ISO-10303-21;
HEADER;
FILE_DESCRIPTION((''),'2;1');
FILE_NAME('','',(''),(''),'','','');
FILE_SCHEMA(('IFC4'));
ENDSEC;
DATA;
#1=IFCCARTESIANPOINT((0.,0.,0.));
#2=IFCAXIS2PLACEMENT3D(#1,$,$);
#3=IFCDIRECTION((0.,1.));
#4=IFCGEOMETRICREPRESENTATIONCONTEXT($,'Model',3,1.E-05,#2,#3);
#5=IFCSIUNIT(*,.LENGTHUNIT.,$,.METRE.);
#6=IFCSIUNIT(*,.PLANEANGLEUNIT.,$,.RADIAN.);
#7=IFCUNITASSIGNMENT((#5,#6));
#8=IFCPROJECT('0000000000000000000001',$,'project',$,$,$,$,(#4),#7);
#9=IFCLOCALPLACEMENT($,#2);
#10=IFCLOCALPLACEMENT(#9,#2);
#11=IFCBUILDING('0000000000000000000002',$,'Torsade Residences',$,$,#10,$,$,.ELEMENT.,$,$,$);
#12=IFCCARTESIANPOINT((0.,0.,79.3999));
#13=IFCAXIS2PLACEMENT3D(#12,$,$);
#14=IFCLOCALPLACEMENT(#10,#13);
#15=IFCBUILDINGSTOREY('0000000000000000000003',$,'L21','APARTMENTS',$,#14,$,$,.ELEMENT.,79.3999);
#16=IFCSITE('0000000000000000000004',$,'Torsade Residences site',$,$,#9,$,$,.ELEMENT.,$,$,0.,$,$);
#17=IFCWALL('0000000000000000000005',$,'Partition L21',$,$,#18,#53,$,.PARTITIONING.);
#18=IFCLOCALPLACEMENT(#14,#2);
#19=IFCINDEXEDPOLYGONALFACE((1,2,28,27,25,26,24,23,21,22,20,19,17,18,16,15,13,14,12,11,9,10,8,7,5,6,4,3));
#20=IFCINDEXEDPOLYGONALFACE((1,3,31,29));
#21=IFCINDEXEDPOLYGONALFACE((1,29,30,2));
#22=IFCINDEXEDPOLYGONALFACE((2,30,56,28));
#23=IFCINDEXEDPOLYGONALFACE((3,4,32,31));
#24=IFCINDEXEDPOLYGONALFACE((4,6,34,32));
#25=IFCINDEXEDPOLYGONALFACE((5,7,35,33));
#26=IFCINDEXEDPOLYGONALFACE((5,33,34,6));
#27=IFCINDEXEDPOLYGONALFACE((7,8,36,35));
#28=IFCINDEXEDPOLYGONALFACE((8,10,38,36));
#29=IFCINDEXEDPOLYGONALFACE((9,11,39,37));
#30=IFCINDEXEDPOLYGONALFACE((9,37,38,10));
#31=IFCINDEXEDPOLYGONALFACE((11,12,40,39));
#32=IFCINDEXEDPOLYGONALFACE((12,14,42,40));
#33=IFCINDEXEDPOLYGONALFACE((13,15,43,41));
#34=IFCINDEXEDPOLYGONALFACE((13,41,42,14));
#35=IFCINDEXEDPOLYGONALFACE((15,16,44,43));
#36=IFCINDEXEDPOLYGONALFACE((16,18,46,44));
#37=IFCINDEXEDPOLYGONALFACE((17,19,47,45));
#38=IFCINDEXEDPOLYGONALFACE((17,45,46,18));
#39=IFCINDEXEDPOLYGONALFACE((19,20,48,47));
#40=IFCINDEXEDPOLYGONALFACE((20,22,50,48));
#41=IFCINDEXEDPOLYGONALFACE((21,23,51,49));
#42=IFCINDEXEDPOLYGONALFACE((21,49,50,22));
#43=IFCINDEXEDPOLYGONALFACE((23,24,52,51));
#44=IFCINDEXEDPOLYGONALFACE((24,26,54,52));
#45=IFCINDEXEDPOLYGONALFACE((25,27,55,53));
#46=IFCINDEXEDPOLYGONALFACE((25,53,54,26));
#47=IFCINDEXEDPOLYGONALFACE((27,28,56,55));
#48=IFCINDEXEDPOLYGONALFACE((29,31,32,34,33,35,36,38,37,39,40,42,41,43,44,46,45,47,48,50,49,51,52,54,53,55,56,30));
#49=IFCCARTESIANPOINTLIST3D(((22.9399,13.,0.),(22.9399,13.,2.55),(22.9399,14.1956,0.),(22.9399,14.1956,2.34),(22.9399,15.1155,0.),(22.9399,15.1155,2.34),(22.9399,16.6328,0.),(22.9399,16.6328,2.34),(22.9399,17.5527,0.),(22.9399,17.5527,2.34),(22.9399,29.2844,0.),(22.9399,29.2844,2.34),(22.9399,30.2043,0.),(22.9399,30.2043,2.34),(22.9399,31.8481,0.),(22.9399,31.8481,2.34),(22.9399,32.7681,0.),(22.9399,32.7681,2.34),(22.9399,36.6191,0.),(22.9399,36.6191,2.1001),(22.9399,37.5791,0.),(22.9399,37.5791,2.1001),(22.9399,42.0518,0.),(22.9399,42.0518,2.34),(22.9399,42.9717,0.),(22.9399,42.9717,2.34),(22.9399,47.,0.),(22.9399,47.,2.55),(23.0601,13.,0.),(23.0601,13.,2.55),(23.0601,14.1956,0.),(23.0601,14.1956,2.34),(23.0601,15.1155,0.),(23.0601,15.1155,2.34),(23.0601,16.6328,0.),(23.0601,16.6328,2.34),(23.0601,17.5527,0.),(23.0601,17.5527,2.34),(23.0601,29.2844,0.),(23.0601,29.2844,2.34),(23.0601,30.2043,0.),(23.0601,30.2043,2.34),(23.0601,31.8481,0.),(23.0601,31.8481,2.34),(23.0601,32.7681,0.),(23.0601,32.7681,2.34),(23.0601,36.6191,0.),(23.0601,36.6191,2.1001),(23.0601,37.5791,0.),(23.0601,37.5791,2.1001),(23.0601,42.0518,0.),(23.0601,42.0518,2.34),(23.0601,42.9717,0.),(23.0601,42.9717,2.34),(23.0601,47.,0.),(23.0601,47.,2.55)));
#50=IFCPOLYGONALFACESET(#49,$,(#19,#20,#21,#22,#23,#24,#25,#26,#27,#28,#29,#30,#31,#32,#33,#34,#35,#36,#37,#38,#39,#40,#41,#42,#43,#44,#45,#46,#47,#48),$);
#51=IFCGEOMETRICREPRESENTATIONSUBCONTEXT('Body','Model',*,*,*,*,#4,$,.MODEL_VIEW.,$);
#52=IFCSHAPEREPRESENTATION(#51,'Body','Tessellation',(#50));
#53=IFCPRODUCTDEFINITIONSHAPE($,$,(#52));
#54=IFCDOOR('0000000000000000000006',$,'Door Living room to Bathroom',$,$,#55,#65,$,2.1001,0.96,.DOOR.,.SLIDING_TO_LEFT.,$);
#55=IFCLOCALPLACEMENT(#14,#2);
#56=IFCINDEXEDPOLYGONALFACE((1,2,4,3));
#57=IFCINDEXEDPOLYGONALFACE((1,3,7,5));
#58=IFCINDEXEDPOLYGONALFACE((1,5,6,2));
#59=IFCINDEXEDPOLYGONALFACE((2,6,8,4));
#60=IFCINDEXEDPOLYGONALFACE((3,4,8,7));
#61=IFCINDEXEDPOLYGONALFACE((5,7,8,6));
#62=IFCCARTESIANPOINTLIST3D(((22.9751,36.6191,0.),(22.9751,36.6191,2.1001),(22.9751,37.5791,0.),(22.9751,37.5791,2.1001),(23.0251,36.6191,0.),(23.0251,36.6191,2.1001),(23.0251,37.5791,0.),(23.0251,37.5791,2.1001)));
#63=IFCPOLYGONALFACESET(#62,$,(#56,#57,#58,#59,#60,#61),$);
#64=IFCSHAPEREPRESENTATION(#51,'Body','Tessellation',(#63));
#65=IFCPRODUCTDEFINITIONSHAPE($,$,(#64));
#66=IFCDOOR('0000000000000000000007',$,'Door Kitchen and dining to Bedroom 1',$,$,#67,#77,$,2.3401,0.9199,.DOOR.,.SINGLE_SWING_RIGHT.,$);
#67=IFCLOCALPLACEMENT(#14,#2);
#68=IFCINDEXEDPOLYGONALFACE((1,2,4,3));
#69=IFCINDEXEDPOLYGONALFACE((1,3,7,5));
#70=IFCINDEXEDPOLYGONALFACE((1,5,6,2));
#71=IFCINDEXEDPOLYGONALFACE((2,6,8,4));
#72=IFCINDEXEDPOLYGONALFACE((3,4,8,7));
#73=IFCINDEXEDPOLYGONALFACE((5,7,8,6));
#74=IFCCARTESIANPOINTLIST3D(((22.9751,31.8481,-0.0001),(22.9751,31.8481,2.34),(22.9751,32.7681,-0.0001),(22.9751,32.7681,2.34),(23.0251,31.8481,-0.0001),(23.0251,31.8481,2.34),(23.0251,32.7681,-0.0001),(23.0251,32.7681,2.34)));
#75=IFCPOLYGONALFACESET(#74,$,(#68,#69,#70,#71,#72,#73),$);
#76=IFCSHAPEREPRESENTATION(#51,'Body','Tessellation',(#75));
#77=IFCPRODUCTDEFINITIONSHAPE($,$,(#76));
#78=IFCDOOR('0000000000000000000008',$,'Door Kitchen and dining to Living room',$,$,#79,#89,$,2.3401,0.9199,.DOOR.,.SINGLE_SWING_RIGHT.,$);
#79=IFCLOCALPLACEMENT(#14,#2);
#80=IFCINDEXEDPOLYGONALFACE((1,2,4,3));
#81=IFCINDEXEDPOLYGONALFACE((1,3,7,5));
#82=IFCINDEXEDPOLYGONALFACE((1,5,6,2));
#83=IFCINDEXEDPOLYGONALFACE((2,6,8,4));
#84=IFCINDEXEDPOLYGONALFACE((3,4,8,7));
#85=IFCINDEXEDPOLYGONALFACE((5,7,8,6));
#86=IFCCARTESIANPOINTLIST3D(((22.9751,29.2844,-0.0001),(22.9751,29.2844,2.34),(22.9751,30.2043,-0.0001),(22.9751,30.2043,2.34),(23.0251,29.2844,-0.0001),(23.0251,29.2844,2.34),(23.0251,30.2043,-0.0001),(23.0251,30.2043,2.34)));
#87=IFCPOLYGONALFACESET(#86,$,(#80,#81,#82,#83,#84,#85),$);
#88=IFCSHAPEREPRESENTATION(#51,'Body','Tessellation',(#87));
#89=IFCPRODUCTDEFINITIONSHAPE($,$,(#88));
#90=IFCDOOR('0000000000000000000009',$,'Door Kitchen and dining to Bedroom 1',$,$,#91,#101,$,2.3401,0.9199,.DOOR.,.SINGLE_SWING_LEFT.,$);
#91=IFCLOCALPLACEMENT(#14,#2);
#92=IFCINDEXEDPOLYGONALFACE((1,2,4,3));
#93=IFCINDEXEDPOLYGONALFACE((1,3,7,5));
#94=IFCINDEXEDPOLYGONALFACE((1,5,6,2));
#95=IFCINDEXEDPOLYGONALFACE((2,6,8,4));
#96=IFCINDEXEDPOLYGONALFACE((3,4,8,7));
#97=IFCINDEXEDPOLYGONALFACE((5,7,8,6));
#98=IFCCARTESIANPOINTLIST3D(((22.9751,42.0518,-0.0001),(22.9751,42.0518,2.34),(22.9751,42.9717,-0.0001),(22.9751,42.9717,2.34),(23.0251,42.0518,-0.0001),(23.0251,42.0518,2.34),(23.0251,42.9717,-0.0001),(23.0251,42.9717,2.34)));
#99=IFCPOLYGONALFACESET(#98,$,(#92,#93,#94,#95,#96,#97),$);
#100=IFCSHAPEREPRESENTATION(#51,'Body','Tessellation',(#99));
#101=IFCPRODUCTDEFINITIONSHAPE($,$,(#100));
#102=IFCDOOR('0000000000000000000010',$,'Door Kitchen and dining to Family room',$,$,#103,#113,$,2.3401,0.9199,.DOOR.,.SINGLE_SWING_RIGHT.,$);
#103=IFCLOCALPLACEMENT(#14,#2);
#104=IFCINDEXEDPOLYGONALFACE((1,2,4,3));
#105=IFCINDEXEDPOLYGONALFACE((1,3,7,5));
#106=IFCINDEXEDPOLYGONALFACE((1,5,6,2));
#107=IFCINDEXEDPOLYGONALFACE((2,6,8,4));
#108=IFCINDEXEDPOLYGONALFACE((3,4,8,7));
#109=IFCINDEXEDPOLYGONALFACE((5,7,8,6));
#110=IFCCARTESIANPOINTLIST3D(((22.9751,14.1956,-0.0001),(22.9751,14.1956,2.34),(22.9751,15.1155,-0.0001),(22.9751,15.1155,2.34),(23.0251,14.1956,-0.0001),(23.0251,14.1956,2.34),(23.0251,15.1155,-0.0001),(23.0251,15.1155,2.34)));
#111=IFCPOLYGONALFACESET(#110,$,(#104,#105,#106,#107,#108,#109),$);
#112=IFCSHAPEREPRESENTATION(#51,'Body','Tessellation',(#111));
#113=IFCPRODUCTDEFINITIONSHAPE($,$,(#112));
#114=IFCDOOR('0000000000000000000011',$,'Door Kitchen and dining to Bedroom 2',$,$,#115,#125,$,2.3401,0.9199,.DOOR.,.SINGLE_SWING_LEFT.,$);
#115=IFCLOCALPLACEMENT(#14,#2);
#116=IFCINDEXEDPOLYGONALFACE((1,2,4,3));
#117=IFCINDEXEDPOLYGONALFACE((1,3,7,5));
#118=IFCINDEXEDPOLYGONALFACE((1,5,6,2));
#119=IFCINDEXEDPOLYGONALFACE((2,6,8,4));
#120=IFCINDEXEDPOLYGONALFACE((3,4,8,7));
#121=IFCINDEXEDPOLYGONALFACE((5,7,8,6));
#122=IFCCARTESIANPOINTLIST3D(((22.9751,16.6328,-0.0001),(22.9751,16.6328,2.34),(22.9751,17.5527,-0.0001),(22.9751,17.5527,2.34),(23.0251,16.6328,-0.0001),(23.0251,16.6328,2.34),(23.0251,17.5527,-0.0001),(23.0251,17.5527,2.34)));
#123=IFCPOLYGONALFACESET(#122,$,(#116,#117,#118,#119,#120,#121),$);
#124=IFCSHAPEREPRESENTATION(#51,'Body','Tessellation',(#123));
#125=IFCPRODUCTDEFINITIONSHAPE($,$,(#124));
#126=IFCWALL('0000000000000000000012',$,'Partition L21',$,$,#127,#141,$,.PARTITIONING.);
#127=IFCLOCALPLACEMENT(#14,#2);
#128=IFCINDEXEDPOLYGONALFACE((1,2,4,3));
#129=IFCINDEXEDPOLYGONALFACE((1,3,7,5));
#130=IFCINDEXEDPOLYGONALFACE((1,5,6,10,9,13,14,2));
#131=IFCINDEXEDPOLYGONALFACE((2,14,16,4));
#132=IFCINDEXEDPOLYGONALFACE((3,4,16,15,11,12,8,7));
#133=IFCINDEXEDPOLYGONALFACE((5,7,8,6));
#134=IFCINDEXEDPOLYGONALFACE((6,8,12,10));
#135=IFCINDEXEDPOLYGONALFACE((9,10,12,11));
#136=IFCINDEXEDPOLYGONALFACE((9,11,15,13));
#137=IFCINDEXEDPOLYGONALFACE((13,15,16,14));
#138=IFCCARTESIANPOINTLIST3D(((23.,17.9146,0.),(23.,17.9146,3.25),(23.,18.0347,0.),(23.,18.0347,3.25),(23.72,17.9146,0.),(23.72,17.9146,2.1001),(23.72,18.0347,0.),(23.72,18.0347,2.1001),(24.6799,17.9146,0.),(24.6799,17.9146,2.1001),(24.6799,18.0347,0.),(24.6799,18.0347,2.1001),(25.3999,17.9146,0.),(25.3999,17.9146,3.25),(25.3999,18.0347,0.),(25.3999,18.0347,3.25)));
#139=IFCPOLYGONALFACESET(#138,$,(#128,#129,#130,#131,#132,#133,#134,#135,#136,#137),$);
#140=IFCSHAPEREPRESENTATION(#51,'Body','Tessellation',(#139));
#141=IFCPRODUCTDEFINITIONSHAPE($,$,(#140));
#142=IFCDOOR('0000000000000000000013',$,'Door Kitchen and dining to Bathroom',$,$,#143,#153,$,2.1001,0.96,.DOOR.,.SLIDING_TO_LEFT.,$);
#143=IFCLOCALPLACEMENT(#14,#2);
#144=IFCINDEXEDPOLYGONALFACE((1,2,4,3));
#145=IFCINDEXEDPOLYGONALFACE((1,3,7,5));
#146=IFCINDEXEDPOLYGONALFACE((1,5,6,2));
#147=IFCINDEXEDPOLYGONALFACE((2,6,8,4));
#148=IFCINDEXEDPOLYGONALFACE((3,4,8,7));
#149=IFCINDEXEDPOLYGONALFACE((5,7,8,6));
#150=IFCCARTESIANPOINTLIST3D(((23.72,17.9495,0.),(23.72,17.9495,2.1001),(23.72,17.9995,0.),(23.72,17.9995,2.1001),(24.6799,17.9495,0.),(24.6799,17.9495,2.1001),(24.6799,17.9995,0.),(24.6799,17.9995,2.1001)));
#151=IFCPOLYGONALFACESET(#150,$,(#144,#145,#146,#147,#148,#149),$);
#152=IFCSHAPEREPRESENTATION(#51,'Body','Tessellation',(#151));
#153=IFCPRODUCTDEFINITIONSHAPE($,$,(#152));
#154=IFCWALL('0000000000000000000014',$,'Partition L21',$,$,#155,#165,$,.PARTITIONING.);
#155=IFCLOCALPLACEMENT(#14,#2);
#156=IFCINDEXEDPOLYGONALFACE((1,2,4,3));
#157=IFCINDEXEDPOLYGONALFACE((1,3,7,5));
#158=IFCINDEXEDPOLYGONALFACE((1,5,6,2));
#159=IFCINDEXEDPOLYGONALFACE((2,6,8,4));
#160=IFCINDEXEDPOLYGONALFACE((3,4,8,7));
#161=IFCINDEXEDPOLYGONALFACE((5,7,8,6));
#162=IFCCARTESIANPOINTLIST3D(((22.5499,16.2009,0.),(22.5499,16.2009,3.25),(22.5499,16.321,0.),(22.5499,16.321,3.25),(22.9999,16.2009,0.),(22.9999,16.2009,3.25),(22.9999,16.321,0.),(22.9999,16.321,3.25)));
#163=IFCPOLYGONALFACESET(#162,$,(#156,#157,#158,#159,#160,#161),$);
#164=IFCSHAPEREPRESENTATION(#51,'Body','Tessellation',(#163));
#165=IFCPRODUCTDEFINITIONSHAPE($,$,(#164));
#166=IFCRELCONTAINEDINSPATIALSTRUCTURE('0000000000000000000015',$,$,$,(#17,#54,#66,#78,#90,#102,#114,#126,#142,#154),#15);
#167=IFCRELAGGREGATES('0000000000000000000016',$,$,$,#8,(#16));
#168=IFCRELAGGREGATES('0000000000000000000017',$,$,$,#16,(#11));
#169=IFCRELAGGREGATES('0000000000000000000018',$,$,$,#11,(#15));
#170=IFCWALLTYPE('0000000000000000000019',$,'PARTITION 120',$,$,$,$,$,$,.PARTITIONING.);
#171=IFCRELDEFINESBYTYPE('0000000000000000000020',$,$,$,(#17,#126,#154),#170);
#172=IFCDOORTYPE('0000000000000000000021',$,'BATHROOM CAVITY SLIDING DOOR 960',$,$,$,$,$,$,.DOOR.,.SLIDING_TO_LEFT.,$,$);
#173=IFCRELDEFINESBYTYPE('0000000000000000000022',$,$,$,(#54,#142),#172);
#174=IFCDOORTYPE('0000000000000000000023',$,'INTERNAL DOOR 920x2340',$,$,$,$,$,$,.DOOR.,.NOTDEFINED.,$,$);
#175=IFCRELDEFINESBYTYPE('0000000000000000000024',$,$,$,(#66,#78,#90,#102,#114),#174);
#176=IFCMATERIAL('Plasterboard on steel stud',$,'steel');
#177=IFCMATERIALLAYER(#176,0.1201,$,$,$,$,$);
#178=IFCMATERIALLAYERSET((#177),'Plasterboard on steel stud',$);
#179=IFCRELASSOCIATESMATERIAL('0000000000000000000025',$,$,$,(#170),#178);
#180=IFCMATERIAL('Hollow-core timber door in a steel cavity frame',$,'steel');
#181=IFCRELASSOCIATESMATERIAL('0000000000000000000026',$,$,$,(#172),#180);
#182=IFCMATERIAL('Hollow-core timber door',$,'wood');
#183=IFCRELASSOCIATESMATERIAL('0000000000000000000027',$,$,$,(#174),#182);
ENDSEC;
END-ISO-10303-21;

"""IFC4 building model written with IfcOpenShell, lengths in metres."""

from ifc_helpers import new_model, si_unit, direction, frame, frame_2d, origin, place, context, subcontext, project, spatial, rectangle, extrude, material, layer, layer_set, type_object, element, fill, save


model = new_model("IFC4")

# Units and contexts
model_context = context("Model", 3, precision=1e-05, world=origin(), true_north=direction((0.0, 1.0)))
body_context = subcontext(model_context, "Body", "Model", "MODEL_VIEW")
ifc_project = project(units=[si_unit("LENGTHUNIT", "METRE"), si_unit("PLANEANGLEUNIT", "RADIAN")], contexts=[model_context])

# Site, building, storey
site_placement = place(None, origin())
site = spatial("IfcSite", under=ifc_project, at=site_placement, Name="Torsade Residences site", CompositionType="ELEMENT", RefElevation=0.0)
building_placement = place(site_placement, origin())
building = spatial("IfcBuilding", under=site, at=building_placement, Name="Torsade Residences", CompositionType="ELEMENT")
storey_placement = place(building_placement, frame((0.0, 0.0, 79.3999)))
storey = spatial("IfcBuildingStorey", under=building, at=storey_placement, Name="L21", Description="APARTMENTS", CompositionType="ELEMENT", Elevation=79.3999)

# Wall, openings, doors
ifc_material_1 = material(Name="Plasterboard on steel stud", Category="steel")
ifc_layer_1 = layer(ifc_material_1, 0.1201)
ifc_layer_set_1 = layer_set([ifc_layer_1], Name="Plasterboard on steel stud")
wall_type = type_object("IfcWallType", Name="PARTITION 120", PredefinedType="PARTITIONING", material=ifc_layer_set_1)
wall_1_placement = place(storey_placement, frame((23.0, 13.0, 0.0), z_axis=(0.0, 0.0, 1.0), x_axis=(0.0, 1.0, 0.0)))
wall_1 = element("IfcWall", 1, at=wall_1_placement, inside=storey, type_object=wall_type, Name="Partition L21", PredefinedType="PARTITIONING", context=body_context, shape_type="SweptSolid", body=[
    extrude(rectangle(XDim=34.0, YDim=0.1201, at=frame_2d((17.0, 0.0))), origin(), (0.0, 0.0, 1.0), 2.55),
])
opening_1_placement = place(wall_1_placement, frame((18.8481, 0.0, 0.0)))
opening_1 = element("IfcOpeningElement", 2, at=opening_1_placement, cuts=wall_1, PredefinedType="OPENING", context=body_context, shape_type="SweptSolid", body=[
    extrude(rectangle(XDim=0.9199, YDim=2.3401, at=frame_2d((0.46, 1.1699))), frame((0.0, 0.0701, 0.0), z_axis=(0.0, -1.0, 0.0), x_axis=(1.0, 0.0, 0.0)), (0.0, 0.0, 1.0), 0.1401),
])
opening_2_placement = place(wall_1_placement, frame((16.2844, 0.0, 0.0)))
opening_2 = element("IfcOpeningElement", 3, at=opening_2_placement, cuts=wall_1, PredefinedType="OPENING", context=body_context, shape_type="SweptSolid", body=[
    extrude(rectangle(XDim=0.9199, YDim=2.3401, at=frame_2d((0.46, 1.1699))), frame((0.0, 0.0701, 0.0), z_axis=(0.0, -1.0, 0.0), x_axis=(1.0, 0.0, 0.0)), (0.0, 0.0, 1.0), 0.1401),
])
opening_3_placement = place(wall_1_placement, frame((29.0518, 0.0, 0.0)))
opening_3 = element("IfcOpeningElement", 4, at=opening_3_placement, cuts=wall_1, PredefinedType="OPENING", context=body_context, shape_type="SweptSolid", body=[
    extrude(rectangle(XDim=0.9199, YDim=2.3401, at=frame_2d((0.46, 1.1699))), frame((0.0, 0.0701, 0.0), z_axis=(0.0, -1.0, 0.0), x_axis=(1.0, 0.0, 0.0)), (0.0, 0.0, 1.0), 0.1401),
])
opening_4_placement = place(wall_1_placement, frame((1.1956, 0.0, 0.0)))
opening_4 = element("IfcOpeningElement", 5, at=opening_4_placement, cuts=wall_1, PredefinedType="OPENING", context=body_context, shape_type="SweptSolid", body=[
    extrude(rectangle(XDim=0.9199, YDim=2.3401, at=frame_2d((0.46, 1.1699))), frame((0.0, 0.0701, 0.0), z_axis=(0.0, -1.0, 0.0), x_axis=(1.0, 0.0, 0.0)), (0.0, 0.0, 1.0), 0.1401),
])
opening_5_placement = place(wall_1_placement, frame((3.6328, 0.0, 0.0)))
opening_5 = element("IfcOpeningElement", 6, at=opening_5_placement, cuts=wall_1, PredefinedType="OPENING", context=body_context, shape_type="SweptSolid", body=[
    extrude(rectangle(XDim=0.9199, YDim=2.3401, at=frame_2d((0.46, 1.1699))), frame((0.0, 0.0701, 0.0), z_axis=(0.0, -1.0, 0.0), x_axis=(1.0, 0.0, 0.0)), (0.0, 0.0, 1.0), 0.1401),
])
opening_6_placement = place(wall_1_placement, frame((23.6191, 0.0, 0.0)))
opening_6 = element("IfcOpeningElement", 7, at=opening_6_placement, cuts=wall_1, PredefinedType="OPENING", context=body_context, shape_type="SweptSolid", body=[
    extrude(rectangle(XDim=0.96, YDim=2.1001, at=frame_2d((0.48, 1.05))), frame((0.0, 0.0701, 0.0), z_axis=(0.0, -1.0, 0.0), x_axis=(1.0, 0.0, 0.0)), (0.0, 0.0, 1.0), 0.1401),
])
ifc_material_2 = material(Name="Hollow-core timber door in a steel cavity frame", Category="steel")
door_type_1 = type_object("IfcDoorType", Name="BATHROOM CAVITY SLIDING DOOR 960", OperationType="SLIDING_TO_LEFT", PredefinedType="DOOR", material=ifc_material_2)
door_1_placement = place(opening_6_placement, origin())
door_1 = element("IfcDoor", 8, at=door_1_placement, inside=storey, type_object=door_type_1, Name="Door Living room to Bathroom", OperationType="SLIDING_TO_LEFT", OverallHeight=2.1001, OverallWidth=0.96, PredefinedType="DOOR", context=body_context, shape_type="SweptSolid", body=[
    extrude(rectangle(XDim=0.96, YDim=2.1001, at=frame_2d((0.48, 1.05))), frame((0.0, 0.0249, 0.0), z_axis=(0.0, -1.0, 0.0), x_axis=(1.0, 0.0, 0.0)), (0.0, 0.0, 1.0), 0.05),
])
fill(opening_6, door_1)
ifc_material_3 = material(Name="Hollow-core timber door", Category="wood")
door_type_2 = type_object("IfcDoorType", Name="INTERNAL DOOR 920x2340", OperationType="NOTDEFINED", PredefinedType="DOOR", material=ifc_material_3)
door_2_placement = place(opening_1_placement, origin())
door_2 = element("IfcDoor", 9, at=door_2_placement, inside=storey, type_object=door_type_2, Name="Door Kitchen and dining to Bedroom 1", OperationType="SINGLE_SWING_RIGHT", OverallHeight=2.3401, OverallWidth=0.9199, PredefinedType="DOOR", context=body_context, shape_type="SweptSolid", body=[
    extrude(rectangle(XDim=0.9199, YDim=2.3401, at=frame_2d((0.46, 1.1699))), frame((0.0, 0.0249, 0.0), z_axis=(0.0, -1.0, 0.0), x_axis=(1.0, 0.0, 0.0)), (0.0, 0.0, 1.0), 0.05),
])
fill(opening_1, door_2)
door_3_placement = place(opening_2_placement, origin())
door_3 = element("IfcDoor", 10, at=door_3_placement, inside=storey, type_object=door_type_2, Name="Door Kitchen and dining to Living room", OperationType="SINGLE_SWING_RIGHT", OverallHeight=2.3401, OverallWidth=0.9199, PredefinedType="DOOR", context=body_context, shape_type="SweptSolid", body=[
    extrude(rectangle(XDim=0.9199, YDim=2.3401, at=frame_2d((0.46, 1.1699))), frame((0.0, 0.0249, 0.0), z_axis=(0.0, -1.0, 0.0), x_axis=(1.0, 0.0, 0.0)), (0.0, 0.0, 1.0), 0.05),
])
fill(opening_2, door_3)
door_4_placement = place(opening_3_placement, origin())
door_4 = element("IfcDoor", 11, at=door_4_placement, inside=storey, type_object=door_type_2, Name="Door Kitchen and dining to Bedroom 1", OperationType="SINGLE_SWING_LEFT", OverallHeight=2.3401, OverallWidth=0.9199, PredefinedType="DOOR", context=body_context, shape_type="SweptSolid", body=[
    extrude(rectangle(XDim=0.9199, YDim=2.3401, at=frame_2d((0.46, 1.1699))), frame((0.0, 0.0249, 0.0), z_axis=(0.0, -1.0, 0.0), x_axis=(1.0, 0.0, 0.0)), (0.0, 0.0, 1.0), 0.05),
])
fill(opening_3, door_4)
door_5_placement = place(opening_4_placement, origin())
door_5 = element("IfcDoor", 12, at=door_5_placement, inside=storey, type_object=door_type_2, Name="Door Kitchen and dining to Family room", OperationType="SINGLE_SWING_RIGHT", OverallHeight=2.3401, OverallWidth=0.9199, PredefinedType="DOOR", context=body_context, shape_type="SweptSolid", body=[
    extrude(rectangle(XDim=0.9199, YDim=2.3401, at=frame_2d((0.46, 1.1699))), frame((0.0, 0.0249, 0.0), z_axis=(0.0, -1.0, 0.0), x_axis=(1.0, 0.0, 0.0)), (0.0, 0.0, 1.0), 0.05),
])
fill(opening_4, door_5)
door_6_placement = place(opening_5_placement, origin())
door_6 = element("IfcDoor", 13, at=door_6_placement, inside=storey, type_object=door_type_2, Name="Door Kitchen and dining to Bedroom 2", OperationType="SINGLE_SWING_LEFT", OverallHeight=2.3401, OverallWidth=0.9199, PredefinedType="DOOR", context=body_context, shape_type="SweptSolid", body=[
    extrude(rectangle(XDim=0.9199, YDim=2.3401, at=frame_2d((0.46, 1.1699))), frame((0.0, 0.0249, 0.0), z_axis=(0.0, -1.0, 0.0), x_axis=(1.0, 0.0, 0.0)), (0.0, 0.0, 1.0), 0.05),
])
fill(opening_5, door_6)

# Wall, opening, door
wall_2_placement = place(storey_placement, frame((23.0, 17.9746, 0.0), z_axis=(0.0, 0.0, 1.0), x_axis=(1.0, 0.0, 0.0)))
wall_2 = element("IfcWall", 14, at=wall_2_placement, inside=storey, type_object=wall_type, Name="Partition L21", PredefinedType="PARTITIONING", context=body_context, shape_type="SweptSolid", body=[
    extrude(rectangle(XDim=2.3999, YDim=0.1201, at=frame_2d((1.2, 0.0))), origin(), (0.0, 0.0, 1.0), 3.25),
])
opening_7_placement = place(wall_2_placement, frame((0.72, 0.0, 0.0)))
opening_7 = element("IfcOpeningElement", 15, at=opening_7_placement, cuts=wall_2, PredefinedType="OPENING", context=body_context, shape_type="SweptSolid", body=[
    extrude(rectangle(XDim=0.96, YDim=2.1001, at=frame_2d((0.48, 1.05))), frame((0.0, 0.0701, 0.0), z_axis=(0.0, -1.0, 0.0), x_axis=(1.0, 0.0, 0.0)), (0.0, 0.0, 1.0), 0.1401),
])
door_7_placement = place(opening_7_placement, origin())
door_7 = element("IfcDoor", 16, at=door_7_placement, inside=storey, type_object=door_type_1, Name="Door Kitchen and dining to Bathroom", OperationType="SLIDING_TO_LEFT", OverallHeight=2.1001, OverallWidth=0.96, PredefinedType="DOOR", context=body_context, shape_type="SweptSolid", body=[
    extrude(rectangle(XDim=0.96, YDim=2.1001, at=frame_2d((0.48, 1.05))), frame((0.0, 0.0249, 0.0), z_axis=(0.0, -1.0, 0.0), x_axis=(1.0, 0.0, 0.0)), (0.0, 0.0, 1.0), 0.05),
])
fill(opening_7, door_7)

# Wall
wall_3_placement = place(storey_placement, frame((23.0, 16.261, 0.0), z_axis=(0.0, 0.0, 1.0), x_axis=(-1.0, 0.0, 0.0)))
element("IfcWall", 17, at=wall_3_placement, inside=storey, type_object=wall_type, Name="Partition L21", PredefinedType="PARTITIONING", context=body_context, shape_type="SweptSolid", body=[
    extrude(rectangle(XDim=0.45, YDim=0.1201, at=frame_2d((0.2251, 0.0))), origin(), (0.0, 0.0, 1.0), 3.25),
])

save(model, "model.ifc")
